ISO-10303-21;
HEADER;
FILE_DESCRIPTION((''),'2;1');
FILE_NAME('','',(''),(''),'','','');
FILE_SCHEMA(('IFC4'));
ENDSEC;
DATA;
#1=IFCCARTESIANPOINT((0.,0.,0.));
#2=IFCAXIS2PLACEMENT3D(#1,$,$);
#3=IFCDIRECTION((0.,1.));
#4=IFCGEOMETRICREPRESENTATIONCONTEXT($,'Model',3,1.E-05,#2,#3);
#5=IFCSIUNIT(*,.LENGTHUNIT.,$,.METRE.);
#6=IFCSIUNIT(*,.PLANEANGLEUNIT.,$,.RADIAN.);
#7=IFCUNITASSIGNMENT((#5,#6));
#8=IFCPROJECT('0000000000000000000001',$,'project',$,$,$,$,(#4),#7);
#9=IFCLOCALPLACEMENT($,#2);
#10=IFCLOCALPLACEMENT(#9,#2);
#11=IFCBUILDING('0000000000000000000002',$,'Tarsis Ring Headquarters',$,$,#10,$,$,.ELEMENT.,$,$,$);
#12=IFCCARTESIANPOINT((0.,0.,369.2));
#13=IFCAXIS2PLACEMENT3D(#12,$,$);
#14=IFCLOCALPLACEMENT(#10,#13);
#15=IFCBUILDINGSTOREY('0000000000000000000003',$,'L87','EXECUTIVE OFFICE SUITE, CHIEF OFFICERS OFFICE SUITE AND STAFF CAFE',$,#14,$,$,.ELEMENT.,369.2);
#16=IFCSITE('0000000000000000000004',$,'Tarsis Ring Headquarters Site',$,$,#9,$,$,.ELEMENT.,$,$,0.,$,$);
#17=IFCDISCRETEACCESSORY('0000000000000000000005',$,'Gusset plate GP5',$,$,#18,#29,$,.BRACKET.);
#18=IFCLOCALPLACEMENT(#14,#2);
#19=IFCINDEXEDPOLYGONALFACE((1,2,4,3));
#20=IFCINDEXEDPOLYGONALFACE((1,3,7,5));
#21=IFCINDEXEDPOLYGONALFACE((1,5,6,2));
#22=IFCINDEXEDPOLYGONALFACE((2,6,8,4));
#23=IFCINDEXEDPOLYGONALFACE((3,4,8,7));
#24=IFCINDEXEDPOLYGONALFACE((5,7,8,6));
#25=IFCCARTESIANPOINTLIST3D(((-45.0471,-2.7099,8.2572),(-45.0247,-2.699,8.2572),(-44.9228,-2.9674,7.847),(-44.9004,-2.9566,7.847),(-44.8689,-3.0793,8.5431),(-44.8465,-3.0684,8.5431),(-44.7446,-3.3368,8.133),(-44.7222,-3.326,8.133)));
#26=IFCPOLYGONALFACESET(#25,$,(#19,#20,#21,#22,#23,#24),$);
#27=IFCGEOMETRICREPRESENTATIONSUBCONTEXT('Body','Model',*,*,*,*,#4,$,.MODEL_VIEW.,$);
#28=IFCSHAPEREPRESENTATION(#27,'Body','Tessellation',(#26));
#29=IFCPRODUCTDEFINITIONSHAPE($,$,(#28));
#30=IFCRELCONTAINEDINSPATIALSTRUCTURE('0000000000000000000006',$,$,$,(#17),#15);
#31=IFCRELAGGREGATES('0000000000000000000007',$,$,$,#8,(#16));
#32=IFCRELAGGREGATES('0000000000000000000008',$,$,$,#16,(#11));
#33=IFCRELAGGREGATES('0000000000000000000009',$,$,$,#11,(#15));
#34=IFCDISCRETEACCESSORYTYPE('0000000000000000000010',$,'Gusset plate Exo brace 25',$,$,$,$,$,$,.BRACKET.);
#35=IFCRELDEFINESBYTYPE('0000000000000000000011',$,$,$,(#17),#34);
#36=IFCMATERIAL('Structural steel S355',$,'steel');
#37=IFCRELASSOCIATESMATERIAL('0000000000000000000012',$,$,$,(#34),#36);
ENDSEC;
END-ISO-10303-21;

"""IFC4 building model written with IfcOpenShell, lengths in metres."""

from ifc_helpers import new_model, si_unit, direction, frame, origin, origin_2d, place, context, subcontext, project, spatial, rectangle, extrude, material, material_profile, profile_set, type_object, element, save


model = new_model("IFC4")

# Units and contexts
model_context = context("Model", 3, precision=1e-05, world=origin(), true_north=direction((0.0, 1.0)))
body_context = subcontext(model_context, "Body", "Model", "MODEL_VIEW")
ifc_project = project(units=[si_unit("LENGTHUNIT", "METRE"), si_unit("PLANEANGLEUNIT", "RADIAN")], contexts=[model_context])

# Site, building, storey
site_placement = place(None, origin())
site = spatial("IfcSite", under=ifc_project, at=site_placement, Name="Tarsis Ring Headquarters Site", CompositionType="ELEMENT", RefElevation=0.0)
building_placement = place(site_placement, origin())
building = spatial("IfcBuilding", under=site, at=building_placement, Name="Tarsis Ring Headquarters", CompositionType="ELEMENT")
storey_placement = place(building_placement, frame((0.0, 0.0, 369.2)))
storey = spatial("IfcBuildingStorey", under=building, at=storey_placement, Name="L87", Description="EXECUTIVE OFFICE SUITE, CHIEF OFFICERS OFFICE SUITE AND STAFF CAFE", CompositionType="ELEMENT", Elevation=369.2)

# Shared definitions
ifc_material_1 = material(Name="Structural steel S355", Category="steel")

# Discrete accessory
ifc_material_profile_1 = material_profile(ifc_material_1, rectangle(XDim=0.0249, YDim=0.5, at=origin_2d()), Name="PL 25x500")
ifc_profile_set_1 = profile_set([ifc_material_profile_1], Name="Structural steel S355")
discrete_accessory_type = type_object("IfcDiscreteAccessoryType", Name="Gusset plate Exo brace 25", PredefinedType="BRACKET", material=ifc_profile_set_1)
discrete_accessory_placement = place(storey_placement, frame((-44.9468, -2.8892, 8.4001), z_axis=(0.248529, -0.515124, -0.820293), x_axis=(0.900655, 0.434534, 0.0)))
element("IfcDiscreteAccessory", 1, at=discrete_accessory_placement, inside=storey, type_object=discrete_accessory_type, Name="Gusset plate GP5", PredefinedType="BRACKET", context=body_context, shape_type="SweptSolid", body=[
    extrude(rectangle(XDim=0.0249, YDim=0.5, at=origin_2d()), origin(), (0.0, 0.0, 1.0), 0.5),
])

save(model, "model.ifc")
